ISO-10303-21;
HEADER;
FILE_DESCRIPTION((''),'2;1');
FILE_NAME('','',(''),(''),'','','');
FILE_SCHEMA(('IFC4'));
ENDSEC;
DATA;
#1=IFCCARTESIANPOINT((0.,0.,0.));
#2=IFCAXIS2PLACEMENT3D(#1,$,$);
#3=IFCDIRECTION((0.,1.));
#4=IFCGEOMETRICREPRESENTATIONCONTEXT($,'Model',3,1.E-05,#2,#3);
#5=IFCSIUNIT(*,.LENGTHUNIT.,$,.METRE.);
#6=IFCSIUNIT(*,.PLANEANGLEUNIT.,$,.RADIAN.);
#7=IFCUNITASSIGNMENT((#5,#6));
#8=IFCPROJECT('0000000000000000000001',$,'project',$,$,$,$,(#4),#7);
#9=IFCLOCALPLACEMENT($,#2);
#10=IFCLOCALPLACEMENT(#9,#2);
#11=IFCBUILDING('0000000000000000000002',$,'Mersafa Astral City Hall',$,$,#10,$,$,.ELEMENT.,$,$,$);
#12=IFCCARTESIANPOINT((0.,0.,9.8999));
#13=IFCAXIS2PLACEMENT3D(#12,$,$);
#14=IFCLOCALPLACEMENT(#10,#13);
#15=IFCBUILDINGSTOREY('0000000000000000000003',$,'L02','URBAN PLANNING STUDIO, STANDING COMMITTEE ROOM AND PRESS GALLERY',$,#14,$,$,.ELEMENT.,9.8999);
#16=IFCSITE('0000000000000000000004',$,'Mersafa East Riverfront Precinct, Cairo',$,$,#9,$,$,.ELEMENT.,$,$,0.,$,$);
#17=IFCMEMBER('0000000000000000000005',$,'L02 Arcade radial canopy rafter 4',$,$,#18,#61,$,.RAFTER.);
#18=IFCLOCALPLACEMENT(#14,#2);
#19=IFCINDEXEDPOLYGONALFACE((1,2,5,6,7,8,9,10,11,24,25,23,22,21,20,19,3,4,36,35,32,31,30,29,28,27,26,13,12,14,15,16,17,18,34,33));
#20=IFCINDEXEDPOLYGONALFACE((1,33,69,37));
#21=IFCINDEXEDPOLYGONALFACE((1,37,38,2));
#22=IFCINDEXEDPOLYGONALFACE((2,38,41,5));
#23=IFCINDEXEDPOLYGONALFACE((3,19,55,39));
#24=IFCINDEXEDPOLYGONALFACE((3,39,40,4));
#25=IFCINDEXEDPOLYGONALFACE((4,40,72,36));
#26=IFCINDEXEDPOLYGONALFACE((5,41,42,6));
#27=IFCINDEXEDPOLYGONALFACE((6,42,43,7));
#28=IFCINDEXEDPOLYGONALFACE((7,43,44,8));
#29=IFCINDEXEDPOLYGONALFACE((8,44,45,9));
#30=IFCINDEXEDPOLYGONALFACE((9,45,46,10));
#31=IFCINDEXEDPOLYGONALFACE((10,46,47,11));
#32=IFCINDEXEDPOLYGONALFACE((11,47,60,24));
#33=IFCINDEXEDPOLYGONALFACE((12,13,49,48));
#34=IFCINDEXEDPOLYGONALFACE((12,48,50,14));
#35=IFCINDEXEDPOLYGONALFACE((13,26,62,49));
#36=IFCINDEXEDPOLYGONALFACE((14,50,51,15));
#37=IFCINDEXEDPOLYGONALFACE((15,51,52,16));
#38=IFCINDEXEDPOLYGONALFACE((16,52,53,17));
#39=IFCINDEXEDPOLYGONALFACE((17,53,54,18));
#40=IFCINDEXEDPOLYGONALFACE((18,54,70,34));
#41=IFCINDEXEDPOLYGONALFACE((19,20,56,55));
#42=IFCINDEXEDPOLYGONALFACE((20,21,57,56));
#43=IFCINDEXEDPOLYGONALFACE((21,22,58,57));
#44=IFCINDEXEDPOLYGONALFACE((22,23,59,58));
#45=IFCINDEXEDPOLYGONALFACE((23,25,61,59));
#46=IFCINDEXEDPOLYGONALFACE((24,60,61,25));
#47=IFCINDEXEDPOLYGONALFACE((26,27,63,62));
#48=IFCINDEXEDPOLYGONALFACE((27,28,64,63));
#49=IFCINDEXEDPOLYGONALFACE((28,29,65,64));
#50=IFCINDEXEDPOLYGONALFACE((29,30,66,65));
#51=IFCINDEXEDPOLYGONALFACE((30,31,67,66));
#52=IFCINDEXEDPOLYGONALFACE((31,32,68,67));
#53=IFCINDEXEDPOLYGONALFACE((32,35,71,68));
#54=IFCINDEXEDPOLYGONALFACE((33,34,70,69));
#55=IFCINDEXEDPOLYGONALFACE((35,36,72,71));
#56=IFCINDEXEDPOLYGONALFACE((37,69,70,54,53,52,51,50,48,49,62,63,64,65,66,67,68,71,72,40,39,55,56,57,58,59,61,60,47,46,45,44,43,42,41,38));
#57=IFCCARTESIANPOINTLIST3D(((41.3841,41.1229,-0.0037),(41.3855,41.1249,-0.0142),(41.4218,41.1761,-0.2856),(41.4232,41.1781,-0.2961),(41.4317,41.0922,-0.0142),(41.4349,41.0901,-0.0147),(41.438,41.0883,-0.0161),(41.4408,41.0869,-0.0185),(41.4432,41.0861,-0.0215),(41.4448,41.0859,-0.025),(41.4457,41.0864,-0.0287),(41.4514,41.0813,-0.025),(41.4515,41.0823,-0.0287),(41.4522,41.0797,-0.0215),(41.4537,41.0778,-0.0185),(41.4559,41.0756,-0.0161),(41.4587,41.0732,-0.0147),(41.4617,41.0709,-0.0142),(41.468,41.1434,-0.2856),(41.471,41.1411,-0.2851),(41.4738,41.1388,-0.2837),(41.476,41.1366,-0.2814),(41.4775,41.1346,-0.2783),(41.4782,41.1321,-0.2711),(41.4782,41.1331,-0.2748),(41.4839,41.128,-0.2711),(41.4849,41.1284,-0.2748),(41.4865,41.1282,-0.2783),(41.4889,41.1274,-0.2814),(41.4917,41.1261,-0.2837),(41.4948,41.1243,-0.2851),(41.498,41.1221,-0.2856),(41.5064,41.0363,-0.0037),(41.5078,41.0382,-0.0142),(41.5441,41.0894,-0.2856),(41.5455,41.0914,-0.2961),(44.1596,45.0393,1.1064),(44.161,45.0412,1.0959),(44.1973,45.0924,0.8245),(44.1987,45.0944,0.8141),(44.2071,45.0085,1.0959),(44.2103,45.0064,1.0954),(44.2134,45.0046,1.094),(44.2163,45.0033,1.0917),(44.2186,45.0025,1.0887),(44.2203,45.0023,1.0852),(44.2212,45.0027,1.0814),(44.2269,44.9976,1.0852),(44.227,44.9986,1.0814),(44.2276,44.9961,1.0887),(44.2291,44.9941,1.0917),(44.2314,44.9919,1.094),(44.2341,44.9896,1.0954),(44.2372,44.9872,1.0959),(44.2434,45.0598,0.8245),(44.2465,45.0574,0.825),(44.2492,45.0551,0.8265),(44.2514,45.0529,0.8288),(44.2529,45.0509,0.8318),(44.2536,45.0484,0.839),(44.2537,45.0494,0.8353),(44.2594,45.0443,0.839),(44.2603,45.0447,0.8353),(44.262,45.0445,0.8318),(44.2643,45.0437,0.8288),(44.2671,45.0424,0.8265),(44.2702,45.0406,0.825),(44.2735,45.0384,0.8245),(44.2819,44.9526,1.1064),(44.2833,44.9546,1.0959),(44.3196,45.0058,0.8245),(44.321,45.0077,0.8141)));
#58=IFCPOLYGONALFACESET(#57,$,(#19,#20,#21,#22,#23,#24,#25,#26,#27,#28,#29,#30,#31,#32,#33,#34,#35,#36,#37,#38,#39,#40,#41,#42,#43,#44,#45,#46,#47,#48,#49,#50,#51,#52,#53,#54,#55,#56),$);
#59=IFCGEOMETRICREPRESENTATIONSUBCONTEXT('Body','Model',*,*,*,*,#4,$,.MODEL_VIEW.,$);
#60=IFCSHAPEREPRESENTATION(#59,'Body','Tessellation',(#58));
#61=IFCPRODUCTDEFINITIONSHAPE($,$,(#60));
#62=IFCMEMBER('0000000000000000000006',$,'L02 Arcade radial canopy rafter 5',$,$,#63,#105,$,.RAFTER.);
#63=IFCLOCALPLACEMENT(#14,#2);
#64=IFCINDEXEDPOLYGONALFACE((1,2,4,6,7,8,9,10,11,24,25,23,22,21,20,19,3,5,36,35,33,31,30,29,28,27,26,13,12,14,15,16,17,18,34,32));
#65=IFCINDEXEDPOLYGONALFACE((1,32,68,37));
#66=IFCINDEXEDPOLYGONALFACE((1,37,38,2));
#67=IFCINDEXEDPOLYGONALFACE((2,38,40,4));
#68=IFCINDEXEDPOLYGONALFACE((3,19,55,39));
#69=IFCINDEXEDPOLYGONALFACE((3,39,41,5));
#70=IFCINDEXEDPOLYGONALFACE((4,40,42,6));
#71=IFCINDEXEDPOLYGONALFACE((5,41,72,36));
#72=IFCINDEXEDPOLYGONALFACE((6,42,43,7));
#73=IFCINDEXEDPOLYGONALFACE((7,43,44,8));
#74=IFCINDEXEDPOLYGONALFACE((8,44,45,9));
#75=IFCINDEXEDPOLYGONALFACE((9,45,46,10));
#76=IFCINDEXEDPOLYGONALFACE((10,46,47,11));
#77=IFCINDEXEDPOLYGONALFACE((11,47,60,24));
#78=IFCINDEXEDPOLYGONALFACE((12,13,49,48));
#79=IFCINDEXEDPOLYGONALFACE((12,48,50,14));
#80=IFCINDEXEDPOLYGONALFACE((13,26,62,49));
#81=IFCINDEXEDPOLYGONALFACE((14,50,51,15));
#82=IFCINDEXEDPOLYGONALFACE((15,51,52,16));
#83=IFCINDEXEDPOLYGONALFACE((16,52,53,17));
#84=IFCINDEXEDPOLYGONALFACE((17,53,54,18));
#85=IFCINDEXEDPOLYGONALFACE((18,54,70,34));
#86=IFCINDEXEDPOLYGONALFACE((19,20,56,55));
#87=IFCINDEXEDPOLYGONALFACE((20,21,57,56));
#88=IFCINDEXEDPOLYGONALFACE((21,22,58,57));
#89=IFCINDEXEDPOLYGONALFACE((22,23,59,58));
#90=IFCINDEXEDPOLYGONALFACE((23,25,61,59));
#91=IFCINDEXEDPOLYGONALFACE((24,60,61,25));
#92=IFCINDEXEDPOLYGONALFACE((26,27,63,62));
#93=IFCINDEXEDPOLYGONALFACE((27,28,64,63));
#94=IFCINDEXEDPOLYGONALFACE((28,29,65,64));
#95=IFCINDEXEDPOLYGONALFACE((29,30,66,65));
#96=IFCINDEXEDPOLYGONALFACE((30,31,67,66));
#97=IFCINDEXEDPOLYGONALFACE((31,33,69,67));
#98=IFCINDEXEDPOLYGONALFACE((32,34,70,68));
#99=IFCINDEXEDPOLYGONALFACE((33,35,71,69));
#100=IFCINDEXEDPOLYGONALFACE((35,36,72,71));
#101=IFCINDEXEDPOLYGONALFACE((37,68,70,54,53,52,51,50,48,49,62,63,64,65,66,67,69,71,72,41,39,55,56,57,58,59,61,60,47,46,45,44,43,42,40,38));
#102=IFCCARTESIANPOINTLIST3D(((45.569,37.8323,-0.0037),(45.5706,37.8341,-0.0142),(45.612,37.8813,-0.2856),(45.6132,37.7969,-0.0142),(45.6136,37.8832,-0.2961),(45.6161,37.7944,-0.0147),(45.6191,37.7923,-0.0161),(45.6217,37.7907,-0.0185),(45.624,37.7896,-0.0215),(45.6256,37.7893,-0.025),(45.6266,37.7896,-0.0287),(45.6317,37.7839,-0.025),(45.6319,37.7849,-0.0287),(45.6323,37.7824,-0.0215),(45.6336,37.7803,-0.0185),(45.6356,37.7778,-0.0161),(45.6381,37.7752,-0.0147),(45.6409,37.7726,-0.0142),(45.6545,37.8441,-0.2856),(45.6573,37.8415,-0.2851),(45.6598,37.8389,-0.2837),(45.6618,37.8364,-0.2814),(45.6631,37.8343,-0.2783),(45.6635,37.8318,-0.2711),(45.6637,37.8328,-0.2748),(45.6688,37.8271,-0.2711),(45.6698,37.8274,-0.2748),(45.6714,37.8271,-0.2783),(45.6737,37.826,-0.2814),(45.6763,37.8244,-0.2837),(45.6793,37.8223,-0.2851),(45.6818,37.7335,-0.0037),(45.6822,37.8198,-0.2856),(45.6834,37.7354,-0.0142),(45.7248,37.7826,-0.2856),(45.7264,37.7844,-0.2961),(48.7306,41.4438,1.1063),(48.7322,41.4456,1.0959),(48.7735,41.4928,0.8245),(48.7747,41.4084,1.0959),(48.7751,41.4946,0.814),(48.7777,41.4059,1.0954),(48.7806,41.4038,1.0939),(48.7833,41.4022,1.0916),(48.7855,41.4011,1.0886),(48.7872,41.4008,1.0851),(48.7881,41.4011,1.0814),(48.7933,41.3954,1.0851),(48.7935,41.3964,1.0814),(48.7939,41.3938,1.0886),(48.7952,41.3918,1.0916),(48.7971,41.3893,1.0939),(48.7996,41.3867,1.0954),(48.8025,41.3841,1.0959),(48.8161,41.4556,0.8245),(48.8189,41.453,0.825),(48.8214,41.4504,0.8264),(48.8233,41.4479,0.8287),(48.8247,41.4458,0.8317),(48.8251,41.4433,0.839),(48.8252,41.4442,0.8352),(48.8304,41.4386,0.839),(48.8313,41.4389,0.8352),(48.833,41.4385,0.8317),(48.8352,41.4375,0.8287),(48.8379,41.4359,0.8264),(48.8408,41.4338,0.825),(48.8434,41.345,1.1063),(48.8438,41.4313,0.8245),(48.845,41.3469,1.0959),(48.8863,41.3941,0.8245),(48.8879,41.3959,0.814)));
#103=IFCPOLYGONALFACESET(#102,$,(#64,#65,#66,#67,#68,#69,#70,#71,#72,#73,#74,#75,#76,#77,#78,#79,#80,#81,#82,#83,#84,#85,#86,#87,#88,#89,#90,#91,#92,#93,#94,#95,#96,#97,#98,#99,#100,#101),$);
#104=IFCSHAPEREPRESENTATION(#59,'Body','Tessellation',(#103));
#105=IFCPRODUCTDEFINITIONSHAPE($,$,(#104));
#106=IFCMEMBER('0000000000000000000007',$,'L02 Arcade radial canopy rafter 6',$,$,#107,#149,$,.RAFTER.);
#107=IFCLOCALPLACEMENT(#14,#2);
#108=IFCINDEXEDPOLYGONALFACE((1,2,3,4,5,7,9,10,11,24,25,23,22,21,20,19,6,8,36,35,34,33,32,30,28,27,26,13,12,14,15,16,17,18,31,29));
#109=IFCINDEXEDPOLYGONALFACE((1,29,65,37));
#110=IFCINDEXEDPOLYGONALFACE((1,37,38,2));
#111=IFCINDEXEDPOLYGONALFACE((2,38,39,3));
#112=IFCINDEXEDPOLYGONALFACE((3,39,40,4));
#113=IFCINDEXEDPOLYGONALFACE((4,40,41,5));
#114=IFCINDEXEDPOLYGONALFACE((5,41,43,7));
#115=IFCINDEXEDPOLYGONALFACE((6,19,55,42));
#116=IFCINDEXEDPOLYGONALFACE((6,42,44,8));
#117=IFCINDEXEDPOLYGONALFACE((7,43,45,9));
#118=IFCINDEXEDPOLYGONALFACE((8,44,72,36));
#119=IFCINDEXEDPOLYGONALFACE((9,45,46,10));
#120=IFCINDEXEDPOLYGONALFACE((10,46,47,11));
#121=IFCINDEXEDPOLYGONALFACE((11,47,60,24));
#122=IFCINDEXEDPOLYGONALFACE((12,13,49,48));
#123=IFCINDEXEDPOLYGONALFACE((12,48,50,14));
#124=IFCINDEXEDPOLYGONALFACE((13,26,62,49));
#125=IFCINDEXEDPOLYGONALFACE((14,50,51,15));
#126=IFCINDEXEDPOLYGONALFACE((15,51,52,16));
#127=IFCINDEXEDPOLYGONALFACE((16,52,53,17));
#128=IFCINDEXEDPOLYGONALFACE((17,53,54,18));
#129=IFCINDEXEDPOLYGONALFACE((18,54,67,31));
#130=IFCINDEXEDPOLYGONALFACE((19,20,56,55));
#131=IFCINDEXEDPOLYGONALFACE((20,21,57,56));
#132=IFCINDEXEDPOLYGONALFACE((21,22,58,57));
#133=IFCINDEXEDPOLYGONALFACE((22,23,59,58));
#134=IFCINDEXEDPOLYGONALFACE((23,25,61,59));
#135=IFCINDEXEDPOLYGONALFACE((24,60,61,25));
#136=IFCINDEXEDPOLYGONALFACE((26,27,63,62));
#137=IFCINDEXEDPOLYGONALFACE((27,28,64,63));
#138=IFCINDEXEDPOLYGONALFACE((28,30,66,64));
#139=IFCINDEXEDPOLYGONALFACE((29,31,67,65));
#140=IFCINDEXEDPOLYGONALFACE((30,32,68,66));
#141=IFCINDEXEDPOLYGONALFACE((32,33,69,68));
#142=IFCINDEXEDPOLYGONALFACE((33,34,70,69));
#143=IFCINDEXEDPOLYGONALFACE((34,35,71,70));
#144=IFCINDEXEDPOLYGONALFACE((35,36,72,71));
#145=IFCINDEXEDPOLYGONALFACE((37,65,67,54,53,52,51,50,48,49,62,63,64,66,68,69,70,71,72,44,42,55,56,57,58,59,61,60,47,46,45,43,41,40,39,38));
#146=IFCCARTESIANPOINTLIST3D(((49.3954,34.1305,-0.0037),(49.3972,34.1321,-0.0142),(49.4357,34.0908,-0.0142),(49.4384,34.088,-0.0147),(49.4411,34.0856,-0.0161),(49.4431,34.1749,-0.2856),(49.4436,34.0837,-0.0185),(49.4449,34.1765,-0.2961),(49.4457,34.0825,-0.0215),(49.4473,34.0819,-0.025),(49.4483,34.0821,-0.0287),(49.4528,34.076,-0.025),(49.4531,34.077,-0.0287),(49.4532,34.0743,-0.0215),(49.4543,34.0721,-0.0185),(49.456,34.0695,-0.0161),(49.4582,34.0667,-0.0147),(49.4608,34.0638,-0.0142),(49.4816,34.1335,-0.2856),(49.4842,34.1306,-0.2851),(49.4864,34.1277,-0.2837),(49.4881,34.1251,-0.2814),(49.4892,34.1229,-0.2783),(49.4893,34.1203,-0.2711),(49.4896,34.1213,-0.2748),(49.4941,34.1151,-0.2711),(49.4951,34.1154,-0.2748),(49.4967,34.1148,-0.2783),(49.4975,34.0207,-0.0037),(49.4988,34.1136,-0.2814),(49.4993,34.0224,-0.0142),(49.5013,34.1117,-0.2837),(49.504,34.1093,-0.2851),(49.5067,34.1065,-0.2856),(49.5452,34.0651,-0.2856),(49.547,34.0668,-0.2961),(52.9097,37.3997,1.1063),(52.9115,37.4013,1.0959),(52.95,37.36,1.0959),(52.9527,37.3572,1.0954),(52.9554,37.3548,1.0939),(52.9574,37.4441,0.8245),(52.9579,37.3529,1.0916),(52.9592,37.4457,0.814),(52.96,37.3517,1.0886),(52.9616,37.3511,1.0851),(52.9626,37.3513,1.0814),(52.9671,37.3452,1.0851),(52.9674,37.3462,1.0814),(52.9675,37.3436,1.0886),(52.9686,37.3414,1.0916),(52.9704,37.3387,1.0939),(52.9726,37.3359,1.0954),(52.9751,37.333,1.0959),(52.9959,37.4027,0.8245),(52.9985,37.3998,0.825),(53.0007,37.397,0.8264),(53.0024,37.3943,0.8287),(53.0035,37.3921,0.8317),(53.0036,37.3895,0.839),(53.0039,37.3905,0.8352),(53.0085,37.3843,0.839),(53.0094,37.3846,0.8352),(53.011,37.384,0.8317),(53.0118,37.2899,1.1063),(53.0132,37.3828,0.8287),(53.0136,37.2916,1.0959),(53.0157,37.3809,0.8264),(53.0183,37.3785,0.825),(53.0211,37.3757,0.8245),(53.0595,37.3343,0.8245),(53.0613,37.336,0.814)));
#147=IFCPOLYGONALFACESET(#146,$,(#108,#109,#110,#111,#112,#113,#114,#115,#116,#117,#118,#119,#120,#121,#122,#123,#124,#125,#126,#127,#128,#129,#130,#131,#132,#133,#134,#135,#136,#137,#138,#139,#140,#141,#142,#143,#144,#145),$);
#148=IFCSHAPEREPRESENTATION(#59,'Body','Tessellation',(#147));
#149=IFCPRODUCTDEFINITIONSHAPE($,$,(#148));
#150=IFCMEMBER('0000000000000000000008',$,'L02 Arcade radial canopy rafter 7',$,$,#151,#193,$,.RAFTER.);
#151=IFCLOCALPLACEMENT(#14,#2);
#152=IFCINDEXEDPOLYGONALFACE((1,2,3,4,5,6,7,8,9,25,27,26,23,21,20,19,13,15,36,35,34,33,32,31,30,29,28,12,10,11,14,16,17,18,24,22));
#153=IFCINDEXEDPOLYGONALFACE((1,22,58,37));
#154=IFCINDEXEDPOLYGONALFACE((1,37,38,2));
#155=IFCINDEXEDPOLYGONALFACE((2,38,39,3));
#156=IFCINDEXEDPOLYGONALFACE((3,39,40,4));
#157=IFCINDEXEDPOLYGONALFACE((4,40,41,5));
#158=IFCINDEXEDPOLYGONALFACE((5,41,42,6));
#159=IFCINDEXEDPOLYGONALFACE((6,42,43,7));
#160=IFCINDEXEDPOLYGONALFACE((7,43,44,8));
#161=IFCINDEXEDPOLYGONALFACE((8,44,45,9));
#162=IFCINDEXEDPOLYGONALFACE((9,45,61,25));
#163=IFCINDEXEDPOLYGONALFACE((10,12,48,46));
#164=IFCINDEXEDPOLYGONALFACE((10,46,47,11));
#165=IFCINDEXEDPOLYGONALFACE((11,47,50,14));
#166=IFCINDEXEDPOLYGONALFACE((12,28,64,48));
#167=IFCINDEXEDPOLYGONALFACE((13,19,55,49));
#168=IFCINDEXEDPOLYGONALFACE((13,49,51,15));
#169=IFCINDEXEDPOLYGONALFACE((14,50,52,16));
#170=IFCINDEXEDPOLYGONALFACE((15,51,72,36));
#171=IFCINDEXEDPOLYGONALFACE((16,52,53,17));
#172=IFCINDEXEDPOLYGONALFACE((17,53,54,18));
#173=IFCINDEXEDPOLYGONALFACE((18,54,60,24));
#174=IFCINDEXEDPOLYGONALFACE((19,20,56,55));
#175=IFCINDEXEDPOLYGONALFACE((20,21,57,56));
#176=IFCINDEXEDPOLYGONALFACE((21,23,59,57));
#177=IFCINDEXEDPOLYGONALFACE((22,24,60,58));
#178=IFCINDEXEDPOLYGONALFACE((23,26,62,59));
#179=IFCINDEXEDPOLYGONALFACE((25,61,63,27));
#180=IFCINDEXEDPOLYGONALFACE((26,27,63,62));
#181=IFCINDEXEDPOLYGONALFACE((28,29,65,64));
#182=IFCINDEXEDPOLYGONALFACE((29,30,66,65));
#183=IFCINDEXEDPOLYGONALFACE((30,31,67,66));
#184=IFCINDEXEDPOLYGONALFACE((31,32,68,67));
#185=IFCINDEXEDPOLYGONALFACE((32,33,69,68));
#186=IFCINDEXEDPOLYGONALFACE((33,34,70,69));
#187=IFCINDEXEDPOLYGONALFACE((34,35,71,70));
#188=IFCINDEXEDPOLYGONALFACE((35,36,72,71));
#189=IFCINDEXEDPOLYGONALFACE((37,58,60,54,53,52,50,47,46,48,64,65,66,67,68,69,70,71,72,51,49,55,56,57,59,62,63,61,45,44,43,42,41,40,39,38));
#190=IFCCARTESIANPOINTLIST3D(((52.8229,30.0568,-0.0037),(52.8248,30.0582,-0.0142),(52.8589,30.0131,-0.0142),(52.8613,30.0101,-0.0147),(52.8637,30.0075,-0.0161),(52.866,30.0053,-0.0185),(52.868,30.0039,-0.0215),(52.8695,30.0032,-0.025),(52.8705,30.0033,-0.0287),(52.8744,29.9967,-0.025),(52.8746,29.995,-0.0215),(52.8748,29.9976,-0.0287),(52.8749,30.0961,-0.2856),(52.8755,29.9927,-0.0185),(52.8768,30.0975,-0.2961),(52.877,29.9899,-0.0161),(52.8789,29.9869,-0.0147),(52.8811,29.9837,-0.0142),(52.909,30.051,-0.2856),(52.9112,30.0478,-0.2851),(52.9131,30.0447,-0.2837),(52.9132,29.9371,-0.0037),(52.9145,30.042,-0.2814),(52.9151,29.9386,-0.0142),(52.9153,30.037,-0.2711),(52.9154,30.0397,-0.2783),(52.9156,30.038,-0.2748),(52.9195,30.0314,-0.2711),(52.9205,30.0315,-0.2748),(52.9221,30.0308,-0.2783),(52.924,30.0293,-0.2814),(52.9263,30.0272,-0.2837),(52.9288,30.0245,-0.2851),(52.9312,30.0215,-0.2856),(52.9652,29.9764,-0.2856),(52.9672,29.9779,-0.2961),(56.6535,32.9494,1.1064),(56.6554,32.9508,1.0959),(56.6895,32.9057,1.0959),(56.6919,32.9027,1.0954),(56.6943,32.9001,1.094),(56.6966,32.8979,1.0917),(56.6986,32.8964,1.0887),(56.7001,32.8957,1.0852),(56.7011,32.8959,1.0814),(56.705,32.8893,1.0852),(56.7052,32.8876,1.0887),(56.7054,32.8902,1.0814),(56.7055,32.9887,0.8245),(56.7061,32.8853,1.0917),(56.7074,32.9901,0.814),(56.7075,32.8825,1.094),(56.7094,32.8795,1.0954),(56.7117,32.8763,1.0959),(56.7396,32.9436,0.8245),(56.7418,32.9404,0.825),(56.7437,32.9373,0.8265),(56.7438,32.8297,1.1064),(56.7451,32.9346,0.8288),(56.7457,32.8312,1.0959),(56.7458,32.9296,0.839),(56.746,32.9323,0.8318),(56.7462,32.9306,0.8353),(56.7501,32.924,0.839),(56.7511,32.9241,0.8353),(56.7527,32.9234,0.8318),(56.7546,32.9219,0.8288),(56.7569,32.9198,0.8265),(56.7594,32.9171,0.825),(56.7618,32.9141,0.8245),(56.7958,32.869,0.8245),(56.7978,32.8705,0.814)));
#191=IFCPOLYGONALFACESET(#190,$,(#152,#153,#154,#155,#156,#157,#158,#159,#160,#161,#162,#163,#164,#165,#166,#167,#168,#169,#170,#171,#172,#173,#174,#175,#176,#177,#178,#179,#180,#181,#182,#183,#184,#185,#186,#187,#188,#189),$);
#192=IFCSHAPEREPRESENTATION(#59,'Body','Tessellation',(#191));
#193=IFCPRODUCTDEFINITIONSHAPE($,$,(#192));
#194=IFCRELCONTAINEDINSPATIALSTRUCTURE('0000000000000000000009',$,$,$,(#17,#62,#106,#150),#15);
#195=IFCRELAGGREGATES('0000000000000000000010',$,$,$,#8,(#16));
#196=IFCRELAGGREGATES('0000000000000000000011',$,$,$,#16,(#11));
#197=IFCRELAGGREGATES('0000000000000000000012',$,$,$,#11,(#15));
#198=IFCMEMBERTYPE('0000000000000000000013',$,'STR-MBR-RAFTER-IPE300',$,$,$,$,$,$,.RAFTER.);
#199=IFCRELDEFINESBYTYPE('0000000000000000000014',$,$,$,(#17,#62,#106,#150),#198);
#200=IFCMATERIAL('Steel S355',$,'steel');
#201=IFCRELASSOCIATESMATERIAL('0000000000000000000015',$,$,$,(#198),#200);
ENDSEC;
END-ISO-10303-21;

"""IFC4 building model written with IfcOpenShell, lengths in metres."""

from ifc_helpers import new_model, si_unit, direction, frame, origin, origin_2d, place, context, subcontext, project, spatial, i_section, extrude, material, material_profile, profile_set, type_object, element, save


model = new_model("IFC4")

# Units and contexts
model_context = context("Model", 3, precision=1e-05, world=origin(), true_north=direction((0.0, 1.0)))
body_context = subcontext(model_context, "Body", "Model", "MODEL_VIEW")
ifc_project = project(units=[si_unit("LENGTHUNIT", "METRE"), si_unit("PLANEANGLEUNIT", "RADIAN")], contexts=[model_context])

# Site, building, storey
site_placement = place(None, origin())
site = spatial("IfcSite", under=ifc_project, at=site_placement, Name="Mersafa East Riverfront Precinct, Cairo", CompositionType="ELEMENT", RefElevation=0.0)
building_placement = place(site_placement, origin())
building = spatial("IfcBuilding", under=site, at=building_placement, Name="Mersafa Astral City Hall", CompositionType="ELEMENT")
storey_placement = place(building_placement, frame((0.0, 0.0, 9.8999)))
storey = spatial("IfcBuildingStorey", under=building, at=storey_placement, Name="L02", Description="URBAN PLANNING STUDIO, STANDING COMMITTEE ROOM AND PRESS GALLERY", CompositionType="ELEMENT", Elevation=9.8999)

# Shared definitions
ifc_material_1 = material(Name="Steel S355", Category="steel")

# Members
ifc_material_profile_1 = material_profile(ifc_material_1, i_section(OverallWidth=0.1499, OverallDepth=0.3, WebThickness=0.0071, FlangeThickness=0.0107, FilletRadius=0.0149, at=origin_2d()), Name="IPE 300")
ifc_profile_set_1 = profile_set([ifc_material_profile_1], Name="Steel S355")
member_type = type_object("IfcMemberType", Name="STR-MBR-RAFTER-IPE300", PredefinedType="RAFTER", material=ifc_profile_set_1)
member_1_placement = place(storey_placement, frame((41.4648, 41.1072, -0.1499), z_axis=(0.563338, 0.794908, 0.225325), x_axis=(-0.81589, 0.578208, 0.0)))
element("IfcMember", 1, at=member_1_placement, inside=storey, type_object=member_type, Name="L02 Arcade radial canopy rafter 4", PredefinedType="RAFTER", context=body_context, shape_type="SweptSolid", body=[
    extrude(i_section(OverallWidth=0.1499, OverallDepth=0.3, WebThickness=0.0071, FlangeThickness=0.0107, FilletRadius=0.0149, at=origin_2d()), origin(), (0.0, 0.0, 1.0), 4.9268),
])
for number, where, z_axis, x_axis, name in (
    (2, (45.6477, 37.8083, -0.1499), (0.641742, 0.733072, 0.225328), (-0.752422, 0.658681, 0.0), "L02 Arcade radial canopy rafter 5"),
    (3, (49.4712, 34.0986, -0.1499), (0.71335, 0.663596, 0.225328), (-0.681112, 0.732179, 0.0), "L02 Arcade radial canopy rafter 6"),
):
    element("IfcMember", number, at=place(storey_placement, frame(where, z_axis=z_axis, x_axis=x_axis)), inside=storey, type_object=member_type, Name=name, PredefinedType="RAFTER", context=body_context, shape_type="SweptSolid", body=[
        extrude(i_section(OverallWidth=0.1499, OverallDepth=0.3, WebThickness=0.0071, FlangeThickness=0.0107, FilletRadius=0.0149, at=origin_2d()), origin(), (0.0, 0.0, 1.0), 4.9265),
    ])
member_2_placement = place(storey_placement, frame((52.895, 30.0173, -0.1499), z_axis=(0.777508, 0.58712, 0.225324), x_axis=(-0.602617, 0.79803, 0.0)))
element("IfcMember", 4, at=member_2_placement, inside=storey, type_object=member_type, Name="L02 Arcade radial canopy rafter 7", PredefinedType="RAFTER", context=body_context, shape_type="SweptSolid", body=[
    extrude(i_section(OverallWidth=0.1499, OverallDepth=0.3, WebThickness=0.0071, FlangeThickness=0.0107, FilletRadius=0.0149, at=origin_2d()), origin(), (0.0, 0.0, 1.0), 4.9268),
])

save(model, "model.ifc")
